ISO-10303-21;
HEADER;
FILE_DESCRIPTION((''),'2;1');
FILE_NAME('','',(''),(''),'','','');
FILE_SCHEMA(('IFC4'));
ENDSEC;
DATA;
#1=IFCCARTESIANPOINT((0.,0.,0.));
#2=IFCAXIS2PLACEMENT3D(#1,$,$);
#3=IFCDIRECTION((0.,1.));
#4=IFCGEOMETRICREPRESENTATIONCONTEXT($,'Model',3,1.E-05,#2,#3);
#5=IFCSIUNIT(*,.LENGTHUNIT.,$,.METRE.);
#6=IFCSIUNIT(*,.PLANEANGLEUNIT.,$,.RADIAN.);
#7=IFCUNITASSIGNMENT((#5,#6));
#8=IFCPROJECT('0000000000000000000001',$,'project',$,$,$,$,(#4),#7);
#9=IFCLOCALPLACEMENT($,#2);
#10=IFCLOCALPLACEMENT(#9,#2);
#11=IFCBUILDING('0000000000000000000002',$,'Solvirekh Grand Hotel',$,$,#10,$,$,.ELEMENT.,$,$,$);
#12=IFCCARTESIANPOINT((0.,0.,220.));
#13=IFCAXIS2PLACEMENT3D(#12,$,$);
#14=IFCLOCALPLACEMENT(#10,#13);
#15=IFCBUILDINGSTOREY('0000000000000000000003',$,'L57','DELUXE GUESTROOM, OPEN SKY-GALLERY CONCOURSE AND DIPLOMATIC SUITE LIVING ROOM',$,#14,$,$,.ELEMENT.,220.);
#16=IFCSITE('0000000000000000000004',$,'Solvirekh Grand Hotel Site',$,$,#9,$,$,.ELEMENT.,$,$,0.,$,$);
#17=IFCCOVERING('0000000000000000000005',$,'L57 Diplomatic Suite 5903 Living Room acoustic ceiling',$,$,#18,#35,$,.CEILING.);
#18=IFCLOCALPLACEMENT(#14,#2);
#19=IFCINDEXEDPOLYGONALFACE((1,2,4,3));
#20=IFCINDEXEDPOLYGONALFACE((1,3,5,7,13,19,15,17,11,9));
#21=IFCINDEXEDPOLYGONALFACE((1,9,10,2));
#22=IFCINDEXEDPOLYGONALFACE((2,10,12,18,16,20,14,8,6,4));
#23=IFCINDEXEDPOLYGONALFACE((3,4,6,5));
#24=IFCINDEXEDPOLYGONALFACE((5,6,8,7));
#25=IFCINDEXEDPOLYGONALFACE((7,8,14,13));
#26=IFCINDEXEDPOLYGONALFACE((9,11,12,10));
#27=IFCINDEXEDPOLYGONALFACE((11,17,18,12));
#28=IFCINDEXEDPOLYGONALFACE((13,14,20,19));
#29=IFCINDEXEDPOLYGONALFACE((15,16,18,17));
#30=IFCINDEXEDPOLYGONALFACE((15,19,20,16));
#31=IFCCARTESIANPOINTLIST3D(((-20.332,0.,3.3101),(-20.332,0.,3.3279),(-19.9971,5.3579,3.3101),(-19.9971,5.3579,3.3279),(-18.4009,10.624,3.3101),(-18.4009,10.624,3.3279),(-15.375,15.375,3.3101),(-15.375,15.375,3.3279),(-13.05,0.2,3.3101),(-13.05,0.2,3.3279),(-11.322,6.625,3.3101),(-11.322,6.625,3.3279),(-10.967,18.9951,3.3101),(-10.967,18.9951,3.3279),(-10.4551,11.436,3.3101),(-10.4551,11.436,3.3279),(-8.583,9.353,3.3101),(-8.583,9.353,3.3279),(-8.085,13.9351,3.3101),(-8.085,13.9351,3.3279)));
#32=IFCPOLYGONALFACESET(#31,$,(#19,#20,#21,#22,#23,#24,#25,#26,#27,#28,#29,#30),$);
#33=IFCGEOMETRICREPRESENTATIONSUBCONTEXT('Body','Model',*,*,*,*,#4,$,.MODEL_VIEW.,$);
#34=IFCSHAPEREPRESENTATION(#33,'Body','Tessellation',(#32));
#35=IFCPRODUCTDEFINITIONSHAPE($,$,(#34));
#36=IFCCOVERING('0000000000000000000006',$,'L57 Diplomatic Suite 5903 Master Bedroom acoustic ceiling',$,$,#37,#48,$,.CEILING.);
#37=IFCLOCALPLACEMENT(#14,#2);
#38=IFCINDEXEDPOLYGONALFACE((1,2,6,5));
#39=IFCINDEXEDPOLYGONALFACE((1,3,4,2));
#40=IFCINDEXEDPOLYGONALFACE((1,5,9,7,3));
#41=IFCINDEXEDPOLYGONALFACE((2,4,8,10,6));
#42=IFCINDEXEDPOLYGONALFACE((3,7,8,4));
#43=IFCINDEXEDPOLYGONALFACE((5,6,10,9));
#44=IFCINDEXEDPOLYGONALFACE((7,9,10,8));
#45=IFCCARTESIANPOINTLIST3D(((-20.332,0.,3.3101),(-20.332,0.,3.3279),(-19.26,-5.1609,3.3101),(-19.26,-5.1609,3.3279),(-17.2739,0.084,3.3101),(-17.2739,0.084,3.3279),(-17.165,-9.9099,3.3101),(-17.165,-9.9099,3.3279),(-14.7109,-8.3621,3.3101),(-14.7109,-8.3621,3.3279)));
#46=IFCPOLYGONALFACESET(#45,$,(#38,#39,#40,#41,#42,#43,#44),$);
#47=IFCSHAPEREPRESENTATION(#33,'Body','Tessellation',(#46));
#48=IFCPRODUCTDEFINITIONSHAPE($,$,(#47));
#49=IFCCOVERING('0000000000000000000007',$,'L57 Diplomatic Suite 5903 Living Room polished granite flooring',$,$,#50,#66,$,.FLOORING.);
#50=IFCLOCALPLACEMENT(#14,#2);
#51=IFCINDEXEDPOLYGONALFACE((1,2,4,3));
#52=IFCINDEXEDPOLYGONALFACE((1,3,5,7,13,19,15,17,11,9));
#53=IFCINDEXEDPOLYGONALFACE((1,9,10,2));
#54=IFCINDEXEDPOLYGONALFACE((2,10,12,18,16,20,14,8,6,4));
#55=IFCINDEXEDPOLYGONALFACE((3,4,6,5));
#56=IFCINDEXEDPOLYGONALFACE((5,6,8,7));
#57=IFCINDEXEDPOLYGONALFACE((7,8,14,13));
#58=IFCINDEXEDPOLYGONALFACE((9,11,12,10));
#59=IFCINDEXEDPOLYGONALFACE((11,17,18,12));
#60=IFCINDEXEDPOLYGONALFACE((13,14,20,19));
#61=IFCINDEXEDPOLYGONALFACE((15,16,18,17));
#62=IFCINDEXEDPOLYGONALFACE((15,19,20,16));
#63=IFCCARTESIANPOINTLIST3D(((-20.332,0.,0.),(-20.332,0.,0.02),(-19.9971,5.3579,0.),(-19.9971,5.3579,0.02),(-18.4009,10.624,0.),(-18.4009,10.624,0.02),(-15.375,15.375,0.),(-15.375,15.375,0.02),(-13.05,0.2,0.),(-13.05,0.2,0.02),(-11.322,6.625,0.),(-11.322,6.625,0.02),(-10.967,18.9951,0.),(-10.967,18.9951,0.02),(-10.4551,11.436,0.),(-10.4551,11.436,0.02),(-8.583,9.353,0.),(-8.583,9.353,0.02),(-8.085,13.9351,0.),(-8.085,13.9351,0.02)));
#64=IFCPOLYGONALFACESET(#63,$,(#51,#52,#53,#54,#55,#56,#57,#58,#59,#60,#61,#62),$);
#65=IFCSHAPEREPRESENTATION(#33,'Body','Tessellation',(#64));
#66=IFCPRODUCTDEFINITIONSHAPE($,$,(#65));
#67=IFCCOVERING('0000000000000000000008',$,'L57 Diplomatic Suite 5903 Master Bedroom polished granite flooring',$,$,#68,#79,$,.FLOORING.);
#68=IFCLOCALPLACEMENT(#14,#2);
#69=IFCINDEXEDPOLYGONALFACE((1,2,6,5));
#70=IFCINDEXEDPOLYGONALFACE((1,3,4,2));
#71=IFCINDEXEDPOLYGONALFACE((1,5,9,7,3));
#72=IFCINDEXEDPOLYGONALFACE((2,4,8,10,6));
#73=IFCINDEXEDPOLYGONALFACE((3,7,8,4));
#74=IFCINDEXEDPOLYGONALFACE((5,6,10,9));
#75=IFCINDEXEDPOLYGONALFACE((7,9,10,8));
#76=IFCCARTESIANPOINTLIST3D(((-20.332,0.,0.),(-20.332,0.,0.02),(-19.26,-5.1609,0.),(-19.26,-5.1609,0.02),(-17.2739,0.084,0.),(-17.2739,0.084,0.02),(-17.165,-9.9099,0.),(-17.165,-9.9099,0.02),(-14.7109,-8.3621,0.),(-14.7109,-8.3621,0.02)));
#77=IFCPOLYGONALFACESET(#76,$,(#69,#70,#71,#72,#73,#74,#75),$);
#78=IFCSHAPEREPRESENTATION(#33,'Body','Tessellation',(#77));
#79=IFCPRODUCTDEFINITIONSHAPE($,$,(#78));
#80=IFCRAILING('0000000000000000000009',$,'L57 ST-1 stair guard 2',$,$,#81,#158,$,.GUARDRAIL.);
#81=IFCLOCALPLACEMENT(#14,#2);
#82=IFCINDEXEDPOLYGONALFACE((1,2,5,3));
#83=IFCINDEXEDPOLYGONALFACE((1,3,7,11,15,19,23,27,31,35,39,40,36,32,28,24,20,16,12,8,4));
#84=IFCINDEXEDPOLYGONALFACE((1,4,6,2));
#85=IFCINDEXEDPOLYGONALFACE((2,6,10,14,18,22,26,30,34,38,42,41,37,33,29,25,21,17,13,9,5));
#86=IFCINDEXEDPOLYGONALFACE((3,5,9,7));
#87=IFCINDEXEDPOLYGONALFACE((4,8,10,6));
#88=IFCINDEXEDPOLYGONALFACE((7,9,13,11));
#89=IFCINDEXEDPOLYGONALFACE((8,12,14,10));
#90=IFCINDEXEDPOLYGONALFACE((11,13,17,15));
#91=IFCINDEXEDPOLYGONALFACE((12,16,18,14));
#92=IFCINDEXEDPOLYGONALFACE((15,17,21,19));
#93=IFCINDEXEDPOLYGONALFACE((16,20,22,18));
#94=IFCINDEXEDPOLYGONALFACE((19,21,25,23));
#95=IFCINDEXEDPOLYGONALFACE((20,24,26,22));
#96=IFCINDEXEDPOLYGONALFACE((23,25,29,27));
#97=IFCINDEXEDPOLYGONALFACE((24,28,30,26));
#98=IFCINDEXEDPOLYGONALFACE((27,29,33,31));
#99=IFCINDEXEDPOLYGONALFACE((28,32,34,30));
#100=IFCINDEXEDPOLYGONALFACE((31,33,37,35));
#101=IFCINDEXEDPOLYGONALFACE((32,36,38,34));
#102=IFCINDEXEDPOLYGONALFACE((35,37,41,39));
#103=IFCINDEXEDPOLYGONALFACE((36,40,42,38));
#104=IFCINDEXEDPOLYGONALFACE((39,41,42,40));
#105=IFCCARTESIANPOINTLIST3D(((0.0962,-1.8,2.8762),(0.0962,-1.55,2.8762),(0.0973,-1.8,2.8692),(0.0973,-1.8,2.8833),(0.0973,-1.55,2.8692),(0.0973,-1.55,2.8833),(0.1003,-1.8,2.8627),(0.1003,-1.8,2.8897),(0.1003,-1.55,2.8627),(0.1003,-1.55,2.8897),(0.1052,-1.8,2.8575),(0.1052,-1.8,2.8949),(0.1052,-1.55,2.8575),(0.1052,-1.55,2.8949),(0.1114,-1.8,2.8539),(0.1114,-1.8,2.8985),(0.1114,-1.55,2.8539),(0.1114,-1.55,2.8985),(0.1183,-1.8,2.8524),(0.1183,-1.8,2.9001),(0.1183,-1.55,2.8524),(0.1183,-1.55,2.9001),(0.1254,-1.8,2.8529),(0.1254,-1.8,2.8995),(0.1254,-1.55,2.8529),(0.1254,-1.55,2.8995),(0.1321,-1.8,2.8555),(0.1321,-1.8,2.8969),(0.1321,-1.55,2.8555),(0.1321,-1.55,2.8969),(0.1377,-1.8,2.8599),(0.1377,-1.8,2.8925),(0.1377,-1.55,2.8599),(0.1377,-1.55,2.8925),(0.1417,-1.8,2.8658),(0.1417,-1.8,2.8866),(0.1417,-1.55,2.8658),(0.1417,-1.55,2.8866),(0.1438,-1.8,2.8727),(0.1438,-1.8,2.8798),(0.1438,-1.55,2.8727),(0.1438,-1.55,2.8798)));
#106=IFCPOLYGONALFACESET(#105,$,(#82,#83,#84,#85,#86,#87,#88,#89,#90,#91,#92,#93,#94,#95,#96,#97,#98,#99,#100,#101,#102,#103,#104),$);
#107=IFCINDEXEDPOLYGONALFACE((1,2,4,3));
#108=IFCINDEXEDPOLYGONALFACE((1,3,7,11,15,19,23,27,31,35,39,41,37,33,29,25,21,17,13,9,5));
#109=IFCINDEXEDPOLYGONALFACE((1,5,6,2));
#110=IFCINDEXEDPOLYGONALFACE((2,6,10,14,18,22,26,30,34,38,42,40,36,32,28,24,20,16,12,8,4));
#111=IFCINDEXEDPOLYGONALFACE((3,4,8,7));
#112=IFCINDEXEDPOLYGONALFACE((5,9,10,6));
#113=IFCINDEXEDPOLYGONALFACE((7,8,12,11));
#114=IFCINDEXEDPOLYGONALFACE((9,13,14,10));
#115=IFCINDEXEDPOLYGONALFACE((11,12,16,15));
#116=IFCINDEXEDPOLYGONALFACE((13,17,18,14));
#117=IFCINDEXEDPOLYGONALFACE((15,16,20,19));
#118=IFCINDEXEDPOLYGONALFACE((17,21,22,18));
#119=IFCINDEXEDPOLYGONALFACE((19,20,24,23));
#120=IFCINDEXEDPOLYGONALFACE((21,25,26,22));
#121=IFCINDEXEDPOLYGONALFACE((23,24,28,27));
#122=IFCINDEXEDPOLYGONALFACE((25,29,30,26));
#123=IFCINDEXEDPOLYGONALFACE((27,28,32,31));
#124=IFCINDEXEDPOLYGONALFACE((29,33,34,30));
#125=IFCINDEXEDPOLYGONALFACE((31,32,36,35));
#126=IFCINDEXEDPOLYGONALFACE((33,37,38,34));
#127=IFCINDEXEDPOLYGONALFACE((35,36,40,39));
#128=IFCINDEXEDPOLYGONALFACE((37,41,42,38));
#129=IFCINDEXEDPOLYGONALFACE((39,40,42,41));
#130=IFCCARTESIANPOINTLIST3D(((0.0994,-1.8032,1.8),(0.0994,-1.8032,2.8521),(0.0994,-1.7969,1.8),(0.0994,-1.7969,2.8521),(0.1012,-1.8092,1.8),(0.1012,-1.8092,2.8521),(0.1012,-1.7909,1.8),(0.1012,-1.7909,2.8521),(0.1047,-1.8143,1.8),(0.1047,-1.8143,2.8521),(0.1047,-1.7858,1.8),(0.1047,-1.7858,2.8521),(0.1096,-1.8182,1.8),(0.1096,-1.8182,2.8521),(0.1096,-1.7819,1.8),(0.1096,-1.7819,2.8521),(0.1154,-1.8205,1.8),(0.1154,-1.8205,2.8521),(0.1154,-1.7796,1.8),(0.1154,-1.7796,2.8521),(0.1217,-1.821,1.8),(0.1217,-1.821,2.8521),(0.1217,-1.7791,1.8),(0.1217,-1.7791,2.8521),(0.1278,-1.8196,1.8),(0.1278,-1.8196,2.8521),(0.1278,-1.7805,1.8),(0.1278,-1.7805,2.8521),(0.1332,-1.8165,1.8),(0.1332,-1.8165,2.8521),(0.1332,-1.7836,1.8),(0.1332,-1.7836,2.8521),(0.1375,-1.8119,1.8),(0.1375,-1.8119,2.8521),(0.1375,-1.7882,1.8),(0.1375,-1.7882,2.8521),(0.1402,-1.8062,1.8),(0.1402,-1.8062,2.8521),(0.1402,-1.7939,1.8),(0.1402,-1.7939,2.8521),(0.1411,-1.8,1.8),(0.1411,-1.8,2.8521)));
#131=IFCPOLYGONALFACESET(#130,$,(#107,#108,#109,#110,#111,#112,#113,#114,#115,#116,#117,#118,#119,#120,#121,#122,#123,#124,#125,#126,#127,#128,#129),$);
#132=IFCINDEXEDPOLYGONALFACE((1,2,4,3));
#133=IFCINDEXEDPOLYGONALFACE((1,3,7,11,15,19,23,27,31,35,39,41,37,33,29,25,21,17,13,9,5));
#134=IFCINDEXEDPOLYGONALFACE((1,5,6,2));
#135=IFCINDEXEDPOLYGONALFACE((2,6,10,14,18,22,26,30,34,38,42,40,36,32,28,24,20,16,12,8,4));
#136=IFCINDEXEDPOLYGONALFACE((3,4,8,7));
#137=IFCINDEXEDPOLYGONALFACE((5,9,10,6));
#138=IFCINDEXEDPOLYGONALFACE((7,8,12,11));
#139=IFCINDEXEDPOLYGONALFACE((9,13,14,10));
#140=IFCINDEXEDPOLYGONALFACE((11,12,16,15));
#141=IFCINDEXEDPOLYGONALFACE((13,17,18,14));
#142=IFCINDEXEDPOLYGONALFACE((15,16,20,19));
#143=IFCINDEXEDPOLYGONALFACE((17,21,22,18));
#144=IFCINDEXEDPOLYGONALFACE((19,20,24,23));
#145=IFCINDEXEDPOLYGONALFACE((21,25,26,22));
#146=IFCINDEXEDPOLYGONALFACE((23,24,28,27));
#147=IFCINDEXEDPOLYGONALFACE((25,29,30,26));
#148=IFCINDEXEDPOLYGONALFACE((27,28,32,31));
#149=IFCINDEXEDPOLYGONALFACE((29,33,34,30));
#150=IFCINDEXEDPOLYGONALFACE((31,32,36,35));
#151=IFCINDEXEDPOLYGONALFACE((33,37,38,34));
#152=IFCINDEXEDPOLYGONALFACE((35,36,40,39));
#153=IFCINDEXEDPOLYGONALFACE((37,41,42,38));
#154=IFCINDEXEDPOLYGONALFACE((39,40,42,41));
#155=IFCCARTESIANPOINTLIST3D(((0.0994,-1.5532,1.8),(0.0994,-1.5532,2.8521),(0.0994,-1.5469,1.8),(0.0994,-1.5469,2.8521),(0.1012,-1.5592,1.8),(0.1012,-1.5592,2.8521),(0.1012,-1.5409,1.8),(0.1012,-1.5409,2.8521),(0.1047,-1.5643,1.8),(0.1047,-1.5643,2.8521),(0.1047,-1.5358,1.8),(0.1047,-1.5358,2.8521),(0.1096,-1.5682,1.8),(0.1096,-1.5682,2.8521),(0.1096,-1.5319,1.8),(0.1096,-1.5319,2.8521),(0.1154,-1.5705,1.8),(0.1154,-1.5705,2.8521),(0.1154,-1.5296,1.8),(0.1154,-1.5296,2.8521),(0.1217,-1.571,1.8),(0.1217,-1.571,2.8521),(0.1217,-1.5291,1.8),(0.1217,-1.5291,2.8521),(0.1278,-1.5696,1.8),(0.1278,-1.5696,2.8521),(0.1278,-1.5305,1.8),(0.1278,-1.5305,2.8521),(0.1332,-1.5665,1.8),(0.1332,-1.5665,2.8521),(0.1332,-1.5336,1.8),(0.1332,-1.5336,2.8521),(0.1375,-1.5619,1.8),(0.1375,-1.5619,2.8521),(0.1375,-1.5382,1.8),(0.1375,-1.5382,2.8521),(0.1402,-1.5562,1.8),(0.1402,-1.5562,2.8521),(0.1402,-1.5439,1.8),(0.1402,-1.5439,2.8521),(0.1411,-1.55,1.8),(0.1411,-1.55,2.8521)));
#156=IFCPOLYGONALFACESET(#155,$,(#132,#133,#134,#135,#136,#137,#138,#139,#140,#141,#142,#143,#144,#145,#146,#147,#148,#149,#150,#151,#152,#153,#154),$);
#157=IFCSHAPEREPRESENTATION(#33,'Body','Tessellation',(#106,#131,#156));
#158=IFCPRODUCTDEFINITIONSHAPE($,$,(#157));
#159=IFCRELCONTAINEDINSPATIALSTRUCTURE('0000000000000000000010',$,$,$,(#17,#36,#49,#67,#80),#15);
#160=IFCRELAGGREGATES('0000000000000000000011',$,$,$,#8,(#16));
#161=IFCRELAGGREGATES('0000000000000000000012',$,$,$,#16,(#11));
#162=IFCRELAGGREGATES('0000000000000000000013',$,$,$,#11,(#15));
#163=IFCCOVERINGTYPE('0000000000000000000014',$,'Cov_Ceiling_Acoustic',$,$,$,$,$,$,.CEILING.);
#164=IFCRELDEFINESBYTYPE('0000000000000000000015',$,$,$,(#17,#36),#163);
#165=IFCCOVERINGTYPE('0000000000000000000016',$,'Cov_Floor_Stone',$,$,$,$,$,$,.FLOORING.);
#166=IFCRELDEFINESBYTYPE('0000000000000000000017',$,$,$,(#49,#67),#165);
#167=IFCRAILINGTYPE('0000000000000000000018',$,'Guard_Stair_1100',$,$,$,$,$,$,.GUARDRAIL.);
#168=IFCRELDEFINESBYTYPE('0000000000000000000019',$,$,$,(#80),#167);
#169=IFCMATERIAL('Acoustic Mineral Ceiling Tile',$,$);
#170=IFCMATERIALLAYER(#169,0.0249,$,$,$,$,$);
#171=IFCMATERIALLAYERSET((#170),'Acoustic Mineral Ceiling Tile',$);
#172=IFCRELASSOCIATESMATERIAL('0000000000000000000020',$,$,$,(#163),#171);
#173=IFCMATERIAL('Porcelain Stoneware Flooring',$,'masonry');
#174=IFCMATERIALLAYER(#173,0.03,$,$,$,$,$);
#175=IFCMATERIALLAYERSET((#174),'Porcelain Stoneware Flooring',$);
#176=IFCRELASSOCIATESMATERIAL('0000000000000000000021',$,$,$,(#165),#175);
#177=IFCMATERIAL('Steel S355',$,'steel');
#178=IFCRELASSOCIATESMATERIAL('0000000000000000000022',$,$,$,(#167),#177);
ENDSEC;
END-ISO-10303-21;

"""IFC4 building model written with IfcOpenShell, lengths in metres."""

from ifc_helpers import new_model, si_unit, direction, frame, origin, origin_2d, place, context, subcontext, project, spatial, polyline, circle, outline, extrude, material, layer, layer_set, type_object, element, save


model = new_model("IFC4")

# Units and contexts
model_context = context("Model", 3, precision=1e-05, world=origin(), true_north=direction((0.0, 1.0)))
body_context = subcontext(model_context, "Body", "Model", "MODEL_VIEW")
ifc_project = project(units=[si_unit("LENGTHUNIT", "METRE"), si_unit("PLANEANGLEUNIT", "RADIAN")], contexts=[model_context])

# Site, building, storey
site_placement = place(None, origin())
site = spatial("IfcSite", under=ifc_project, at=site_placement, Name="Solvirekh Grand Hotel Site", CompositionType="ELEMENT", RefElevation=0.0)
building_placement = place(site_placement, origin())
building = spatial("IfcBuilding", under=site, at=building_placement, Name="Solvirekh Grand Hotel", CompositionType="ELEMENT")
storey_placement = place(building_placement, frame((0.0, 0.0, 220.0)))
storey = spatial("IfcBuildingStorey", under=building, at=storey_placement, Name="L57", Description="DELUXE GUESTROOM, OPEN SKY-GALLERY CONCOURSE AND DIPLOMATIC SUITE LIVING ROOM", CompositionType="ELEMENT", Elevation=220.0)

# Coverings
ifc_material_1 = material(Name="Acoustic Mineral Ceiling Tile")
ifc_layer_1 = layer(ifc_material_1, 0.0249)
ifc_layer_set_1 = layer_set([ifc_layer_1], Name="Acoustic Mineral Ceiling Tile")
covering_type_1 = type_object("IfcCoveringType", Name="Cov_Ceiling_Acoustic", PredefinedType="CEILING", material=ifc_layer_set_1)
covering_1_placement = place(storey_placement, frame((0.0, 0.0, 3.3101)))
element("IfcCovering", 1, at=covering_1_placement, inside=storey, type_object=covering_type_1, Name="L57 Diplomatic Suite 5903 Living Room acoustic ceiling", PredefinedType="CEILING", context=body_context, shape_type="SweptSolid", body=[
    extrude(outline(polyline([(-10.4551, 11.436), (-8.085, 13.9351), (-10.967, 18.9951), (-15.375, 15.375), (-18.4009, 10.624), (-19.9971, 5.3579), (-20.332, 0.0), (-13.05, 0.2), (-11.322, 6.625), (-8.583, 9.353), (-10.4551, 11.436)])), origin(), (0.0, 0.0, 1.0), 0.0178),
])
covering_2_placement = place(storey_placement, frame((0.0, 0.0, 3.3101)))
element("IfcCovering", 2, at=covering_2_placement, inside=storey, type_object=covering_type_1, Name="L57 Diplomatic Suite 5903 Master Bedroom acoustic ceiling", PredefinedType="CEILING", context=body_context, shape_type="SweptSolid", body=[
    extrude(outline(polyline([(-20.332, 0.0), (-19.26, -5.1609), (-17.165, -9.9099), (-14.7109, -8.3621), (-17.2739, 0.084), (-20.332, 0.0)])), origin(), (0.0, 0.0, 1.0), 0.0178),
])
ifc_material_2 = material(Name="Porcelain Stoneware Flooring", Category="masonry")
ifc_layer_2 = layer(ifc_material_2, 0.03)
ifc_layer_set_2 = layer_set([ifc_layer_2], Name="Porcelain Stoneware Flooring")
covering_type_2 = type_object("IfcCoveringType", Name="Cov_Floor_Stone", PredefinedType="FLOORING", material=ifc_layer_set_2)
covering_3_placement = place(storey_placement, origin())
element("IfcCovering", 3, at=covering_3_placement, inside=storey, type_object=covering_type_2, Name="L57 Diplomatic Suite 5903 Living Room polished granite flooring", PredefinedType="FLOORING", context=body_context, shape_type="SweptSolid", body=[
    extrude(outline(polyline([(-10.4551, 11.436), (-8.085, 13.9351), (-10.967, 18.9951), (-15.375, 15.375), (-18.4009, 10.624), (-19.9971, 5.3579), (-20.332, 0.0), (-13.05, 0.2), (-11.322, 6.625), (-8.583, 9.353), (-10.4551, 11.436)])), origin(), (0.0, 0.0, 1.0), 0.02),
])
covering_4_placement = place(storey_placement, origin())
element("IfcCovering", 4, at=covering_4_placement, inside=storey, type_object=covering_type_2, Name="L57 Diplomatic Suite 5903 Master Bedroom polished granite flooring", PredefinedType="FLOORING", context=body_context, shape_type="SweptSolid", body=[
    extrude(outline(polyline([(-20.332, 0.0), (-19.26, -5.1609), (-17.165, -9.9099), (-14.7109, -8.3621), (-17.2739, 0.084), (-20.332, 0.0)])), origin(), (0.0, 0.0, 1.0), 0.02),
])

# Railing
ifc_material_3 = material(Name="Steel S355", Category="steel")
railing_type_1 = type_object("IfcRailingType", Name="Guard_Stair_1100", PredefinedType="GUARDRAIL", material=ifc_material_3)
railing_1_placement = place(storey_placement, frame((0.1201, -1.8, 1.8)))
element("IfcRailing", 5, at=railing_1_placement, inside=storey, type_object=railing_type_1, Name="L57 ST-1 stair guard 2", PredefinedType="GUARDRAIL", context=body_context, shape_type="SweptSolid", body=[
    extrude(circle(Radius=0.0239, at=origin_2d()), frame((0.0, 0.0, 1.0762), z_axis=(0.0, 1.0, 0.0), x_axis=(-1.0, 0.0, 0.0)), (0.0, 0.0, 1.0), 0.25),
    extrude(circle(Radius=0.021, at=origin_2d()), origin(), (0.0, 0.0, 1.0), 1.052),
    extrude(circle(Radius=0.021, at=origin_2d()), frame((0.0, 0.25, 0.0)), (0.0, 0.0, 1.0), 1.052),
])

save(model, "model.ifc")
